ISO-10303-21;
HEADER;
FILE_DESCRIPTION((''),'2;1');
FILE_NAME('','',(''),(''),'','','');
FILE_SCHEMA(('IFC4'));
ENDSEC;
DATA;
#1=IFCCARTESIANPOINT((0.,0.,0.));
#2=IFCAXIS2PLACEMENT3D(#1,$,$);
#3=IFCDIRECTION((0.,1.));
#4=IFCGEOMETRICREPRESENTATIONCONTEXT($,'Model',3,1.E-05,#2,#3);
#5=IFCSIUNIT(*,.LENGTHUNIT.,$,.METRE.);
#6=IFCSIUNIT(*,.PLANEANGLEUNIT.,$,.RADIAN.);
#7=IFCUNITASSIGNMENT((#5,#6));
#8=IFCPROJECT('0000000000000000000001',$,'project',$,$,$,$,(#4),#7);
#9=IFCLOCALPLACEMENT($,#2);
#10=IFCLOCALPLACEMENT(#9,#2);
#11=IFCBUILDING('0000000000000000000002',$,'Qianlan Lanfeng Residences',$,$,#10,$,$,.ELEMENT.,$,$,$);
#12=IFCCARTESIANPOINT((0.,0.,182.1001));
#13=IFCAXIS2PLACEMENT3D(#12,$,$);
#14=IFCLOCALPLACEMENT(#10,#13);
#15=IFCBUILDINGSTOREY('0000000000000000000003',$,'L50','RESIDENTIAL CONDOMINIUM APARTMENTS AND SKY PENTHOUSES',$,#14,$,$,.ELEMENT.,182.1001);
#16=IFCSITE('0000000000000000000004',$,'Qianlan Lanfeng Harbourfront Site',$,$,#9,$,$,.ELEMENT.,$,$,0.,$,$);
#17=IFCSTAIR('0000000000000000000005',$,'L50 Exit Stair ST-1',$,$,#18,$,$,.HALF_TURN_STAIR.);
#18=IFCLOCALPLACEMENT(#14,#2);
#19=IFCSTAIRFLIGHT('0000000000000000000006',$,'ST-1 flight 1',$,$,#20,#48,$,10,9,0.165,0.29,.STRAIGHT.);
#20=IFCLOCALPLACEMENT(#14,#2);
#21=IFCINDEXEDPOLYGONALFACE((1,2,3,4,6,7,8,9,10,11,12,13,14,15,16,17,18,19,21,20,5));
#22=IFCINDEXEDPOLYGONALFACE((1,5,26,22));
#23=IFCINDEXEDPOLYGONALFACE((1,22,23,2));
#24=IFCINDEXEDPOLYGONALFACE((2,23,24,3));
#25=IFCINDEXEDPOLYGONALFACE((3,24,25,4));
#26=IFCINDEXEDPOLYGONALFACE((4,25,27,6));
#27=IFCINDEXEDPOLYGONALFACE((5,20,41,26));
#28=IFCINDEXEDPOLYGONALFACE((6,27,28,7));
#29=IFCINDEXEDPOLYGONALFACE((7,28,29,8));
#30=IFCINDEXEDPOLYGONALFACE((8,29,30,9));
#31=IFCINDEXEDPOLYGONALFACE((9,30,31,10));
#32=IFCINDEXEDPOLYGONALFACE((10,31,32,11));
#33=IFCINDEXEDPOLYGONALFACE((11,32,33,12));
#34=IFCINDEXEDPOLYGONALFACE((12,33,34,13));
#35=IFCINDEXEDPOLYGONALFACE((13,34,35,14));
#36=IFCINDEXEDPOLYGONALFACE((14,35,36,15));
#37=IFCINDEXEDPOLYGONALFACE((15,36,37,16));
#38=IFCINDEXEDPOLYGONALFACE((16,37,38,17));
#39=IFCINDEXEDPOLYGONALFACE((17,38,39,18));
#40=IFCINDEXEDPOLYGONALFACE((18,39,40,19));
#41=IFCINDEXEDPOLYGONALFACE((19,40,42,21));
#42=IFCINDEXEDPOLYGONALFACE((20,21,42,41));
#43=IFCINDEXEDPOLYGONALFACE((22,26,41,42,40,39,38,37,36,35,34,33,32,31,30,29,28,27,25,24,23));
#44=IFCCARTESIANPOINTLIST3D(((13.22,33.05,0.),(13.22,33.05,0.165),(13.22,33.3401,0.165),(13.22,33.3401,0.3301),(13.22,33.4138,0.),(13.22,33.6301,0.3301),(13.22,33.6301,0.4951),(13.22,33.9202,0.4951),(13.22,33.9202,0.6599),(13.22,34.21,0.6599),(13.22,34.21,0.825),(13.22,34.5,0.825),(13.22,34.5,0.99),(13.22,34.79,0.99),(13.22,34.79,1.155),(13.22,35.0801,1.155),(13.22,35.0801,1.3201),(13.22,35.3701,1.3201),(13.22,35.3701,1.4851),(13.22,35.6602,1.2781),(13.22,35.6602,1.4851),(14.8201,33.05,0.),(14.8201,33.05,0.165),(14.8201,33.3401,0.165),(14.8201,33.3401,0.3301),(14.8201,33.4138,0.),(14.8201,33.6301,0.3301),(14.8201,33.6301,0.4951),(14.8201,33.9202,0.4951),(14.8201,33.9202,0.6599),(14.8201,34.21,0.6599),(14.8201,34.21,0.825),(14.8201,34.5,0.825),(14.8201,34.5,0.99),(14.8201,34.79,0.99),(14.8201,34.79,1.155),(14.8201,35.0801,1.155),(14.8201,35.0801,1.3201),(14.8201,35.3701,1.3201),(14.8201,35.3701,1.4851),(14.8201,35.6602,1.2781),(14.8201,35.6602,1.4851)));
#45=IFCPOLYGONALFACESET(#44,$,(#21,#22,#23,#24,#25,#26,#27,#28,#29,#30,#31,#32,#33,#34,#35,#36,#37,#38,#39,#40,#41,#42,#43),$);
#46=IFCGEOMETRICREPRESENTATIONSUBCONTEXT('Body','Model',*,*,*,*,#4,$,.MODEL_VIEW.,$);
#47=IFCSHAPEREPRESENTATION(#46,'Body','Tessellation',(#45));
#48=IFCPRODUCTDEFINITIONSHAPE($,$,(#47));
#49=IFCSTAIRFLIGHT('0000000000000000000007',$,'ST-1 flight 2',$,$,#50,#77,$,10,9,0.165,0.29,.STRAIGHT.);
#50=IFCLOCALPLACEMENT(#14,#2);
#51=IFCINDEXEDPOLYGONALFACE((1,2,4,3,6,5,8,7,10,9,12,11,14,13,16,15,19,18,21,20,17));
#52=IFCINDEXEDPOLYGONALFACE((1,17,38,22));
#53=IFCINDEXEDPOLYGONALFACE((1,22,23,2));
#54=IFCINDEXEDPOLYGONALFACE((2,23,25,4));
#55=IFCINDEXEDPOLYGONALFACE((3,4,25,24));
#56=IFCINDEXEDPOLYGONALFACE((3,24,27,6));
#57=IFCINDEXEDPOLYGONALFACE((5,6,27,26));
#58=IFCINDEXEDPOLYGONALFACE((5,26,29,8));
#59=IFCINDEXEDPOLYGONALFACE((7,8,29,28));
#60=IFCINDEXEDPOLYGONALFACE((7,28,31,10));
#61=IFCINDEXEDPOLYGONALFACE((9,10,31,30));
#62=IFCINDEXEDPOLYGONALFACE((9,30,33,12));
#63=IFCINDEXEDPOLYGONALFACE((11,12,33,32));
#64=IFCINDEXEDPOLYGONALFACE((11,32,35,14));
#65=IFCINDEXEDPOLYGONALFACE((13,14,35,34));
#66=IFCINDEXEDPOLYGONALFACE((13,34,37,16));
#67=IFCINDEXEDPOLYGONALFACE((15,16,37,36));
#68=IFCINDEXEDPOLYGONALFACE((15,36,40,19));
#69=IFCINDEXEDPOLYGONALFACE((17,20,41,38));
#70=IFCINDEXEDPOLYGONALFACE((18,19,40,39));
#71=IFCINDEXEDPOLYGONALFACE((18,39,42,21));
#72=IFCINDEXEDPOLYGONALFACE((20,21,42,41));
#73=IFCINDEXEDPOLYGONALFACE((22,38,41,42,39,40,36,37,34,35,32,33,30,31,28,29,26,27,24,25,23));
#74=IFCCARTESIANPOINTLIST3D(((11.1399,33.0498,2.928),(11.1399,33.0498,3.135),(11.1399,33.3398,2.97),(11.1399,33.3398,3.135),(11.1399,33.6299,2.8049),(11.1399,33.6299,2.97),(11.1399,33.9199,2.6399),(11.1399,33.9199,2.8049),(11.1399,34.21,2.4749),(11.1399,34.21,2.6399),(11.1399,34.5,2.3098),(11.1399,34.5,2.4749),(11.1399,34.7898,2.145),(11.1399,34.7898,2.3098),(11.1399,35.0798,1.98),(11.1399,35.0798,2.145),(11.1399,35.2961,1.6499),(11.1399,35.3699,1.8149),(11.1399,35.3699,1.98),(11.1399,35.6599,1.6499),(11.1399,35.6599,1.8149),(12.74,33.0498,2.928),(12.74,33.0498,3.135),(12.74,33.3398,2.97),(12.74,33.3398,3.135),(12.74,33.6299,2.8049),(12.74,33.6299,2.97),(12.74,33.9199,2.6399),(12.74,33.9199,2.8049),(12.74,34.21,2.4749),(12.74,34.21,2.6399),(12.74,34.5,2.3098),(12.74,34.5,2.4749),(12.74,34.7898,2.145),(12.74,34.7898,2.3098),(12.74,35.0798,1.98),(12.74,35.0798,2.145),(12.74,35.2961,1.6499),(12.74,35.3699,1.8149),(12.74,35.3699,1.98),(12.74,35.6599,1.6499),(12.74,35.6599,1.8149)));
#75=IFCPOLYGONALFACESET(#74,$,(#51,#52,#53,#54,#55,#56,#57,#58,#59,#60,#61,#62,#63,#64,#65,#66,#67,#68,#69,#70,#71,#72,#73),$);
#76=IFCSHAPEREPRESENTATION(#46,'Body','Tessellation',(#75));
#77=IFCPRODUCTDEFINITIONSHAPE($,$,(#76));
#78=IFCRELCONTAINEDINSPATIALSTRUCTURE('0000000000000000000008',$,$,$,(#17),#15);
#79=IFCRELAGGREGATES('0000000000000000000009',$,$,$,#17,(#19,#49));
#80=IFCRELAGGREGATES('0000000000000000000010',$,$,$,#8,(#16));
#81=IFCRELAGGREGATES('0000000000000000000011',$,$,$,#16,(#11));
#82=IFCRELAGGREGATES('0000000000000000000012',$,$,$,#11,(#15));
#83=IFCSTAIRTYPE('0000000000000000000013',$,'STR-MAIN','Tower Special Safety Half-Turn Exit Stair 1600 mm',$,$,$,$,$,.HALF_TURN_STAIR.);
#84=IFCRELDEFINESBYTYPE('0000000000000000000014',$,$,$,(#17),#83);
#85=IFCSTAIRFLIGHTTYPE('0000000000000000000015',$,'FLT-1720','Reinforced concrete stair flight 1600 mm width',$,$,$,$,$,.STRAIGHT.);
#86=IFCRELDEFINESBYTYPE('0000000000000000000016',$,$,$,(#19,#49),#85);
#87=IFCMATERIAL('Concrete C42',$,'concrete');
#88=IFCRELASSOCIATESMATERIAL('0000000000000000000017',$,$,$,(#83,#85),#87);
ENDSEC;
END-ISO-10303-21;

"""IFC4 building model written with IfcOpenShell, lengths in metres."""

from ifc_helpers import new_model, si_unit, direction, frame, origin, place, context, subcontext, project, spatial, polyline, outline, extrude, material, type_object, element, aggregate, save


model = new_model("IFC4")

# Units and contexts
model_context = context("Model", 3, precision=1e-05, world=origin(), true_north=direction((0.0, 1.0)))
body_context = subcontext(model_context, "Body", "Model", "MODEL_VIEW")
ifc_project = project(units=[si_unit("LENGTHUNIT", "METRE"), si_unit("PLANEANGLEUNIT", "RADIAN")], contexts=[model_context])

# Site, building, storey
site_placement = place(None, origin())
site = spatial("IfcSite", under=ifc_project, at=site_placement, Name="Qianlan Lanfeng Harbourfront Site", CompositionType="ELEMENT", RefElevation=0.0)
building_placement = place(site_placement, origin())
building = spatial("IfcBuilding", under=site, at=building_placement, Name="Qianlan Lanfeng Residences", CompositionType="ELEMENT")
storey_placement = place(building_placement, frame((0.0, 0.0, 182.1001)))
storey = spatial("IfcBuildingStorey", under=building, at=storey_placement, Name="L50", Description="RESIDENTIAL CONDOMINIUM APARTMENTS AND SKY PENTHOUSES", CompositionType="ELEMENT", Elevation=182.1001)

# Shared definitions
ifc_material_1 = material(Name="Concrete C42", Category="concrete")

# Stair, stair flights
stair_type = type_object("IfcStairType", Name="STR-MAIN", Description="Tower Special Safety Half-Turn Exit Stair 1600 mm", PredefinedType="HALF_TURN_STAIR", material=ifc_material_1)
stair_placement = place(storey_placement, origin())
stair = element("IfcStair", 1, at=stair_placement, inside=storey, type_object=stair_type, Name="L50 Exit Stair ST-1", PredefinedType="HALF_TURN_STAIR")
stair_flight_type = type_object("IfcStairFlightType", Name="FLT-1720", Description="Reinforced concrete stair flight 1600 mm width", PredefinedType="STRAIGHT", material=ifc_material_1)
stair_flight_1_placement = place(storey_placement, frame((14.02, 33.05, 0.0), z_axis=(0.0, 0.0, 1.0), x_axis=(0.0, 1.0, 0.0)))
stair_flight_1 = element("IfcStairFlight", 2, at=stair_flight_1_placement, type_object=stair_flight_type, Name="ST-1 flight 1", NumberOfRisers=10, NumberOfTreads=9, PredefinedType="STRAIGHT", RiserHeight=0.165, TreadLength=0.29, context=body_context, shape_type="SweptSolid", body=[
    extrude(outline(polyline([(0.0, 0.0), (0.0, 0.165), (0.29, 0.165), (0.29, 0.3301), (0.5801, 0.3301), (0.5801, 0.4951), (0.8701, 0.4951), (0.8701, 0.6599), (1.1599, 0.6599), (1.1599, 0.825), (1.45, 0.825), (1.45, 0.99), (1.74, 0.99), (1.74, 1.155), (2.03, 1.155), (2.03, 1.3201), (2.3201, 1.3201), (2.3201, 1.4851), (2.6101, 1.4851), (2.6101, 1.6499), (2.6101, 1.2781), (0.3638, 0.0), (0.0, 0.0)])), frame((0.0, 0.8, 0.0), z_axis=(0.0, -1.0, 0.0), x_axis=(1.0, 0.0, 0.0)), (0.0, 0.0, 1.0), 1.6001),
])
stair_flight_2_placement = place(storey_placement, frame((11.9399, 35.6599, 1.6499), z_axis=(0.0, 0.0, 1.0), x_axis=(0.0, -1.0, 0.0)))
stair_flight_2 = element("IfcStairFlight", 3, at=stair_flight_2_placement, type_object=stair_flight_type, Name="ST-1 flight 2", NumberOfRisers=10, NumberOfTreads=9, PredefinedType="STRAIGHT", RiserHeight=0.165, TreadLength=0.29, context=body_context, shape_type="SweptSolid", body=[
    extrude(outline(polyline([(0.0, 0.0), (0.0, 0.165), (0.29, 0.165), (0.29, 0.3301), (0.5801, 0.3301), (0.5801, 0.4951), (0.8701, 0.4951), (0.8701, 0.6599), (1.1599, 0.6599), (1.1599, 0.825), (1.45, 0.825), (1.45, 0.99), (1.74, 0.99), (1.74, 1.155), (2.03, 1.155), (2.03, 1.3201), (2.3201, 1.3201), (2.3201, 1.4851), (2.6101, 1.4851), (2.6101, 1.6499), (2.6101, 1.2781), (0.3638, 0.0), (0.0, 0.0)])), frame((0.0, 0.8, 0.0), z_axis=(0.0, -1.0, 0.0), x_axis=(1.0, 0.0, 0.0)), (0.0, 0.0, 1.0), 1.6001),
])
aggregate(stair, [stair_flight_1, stair_flight_2])

save(model, "model.ifc")
